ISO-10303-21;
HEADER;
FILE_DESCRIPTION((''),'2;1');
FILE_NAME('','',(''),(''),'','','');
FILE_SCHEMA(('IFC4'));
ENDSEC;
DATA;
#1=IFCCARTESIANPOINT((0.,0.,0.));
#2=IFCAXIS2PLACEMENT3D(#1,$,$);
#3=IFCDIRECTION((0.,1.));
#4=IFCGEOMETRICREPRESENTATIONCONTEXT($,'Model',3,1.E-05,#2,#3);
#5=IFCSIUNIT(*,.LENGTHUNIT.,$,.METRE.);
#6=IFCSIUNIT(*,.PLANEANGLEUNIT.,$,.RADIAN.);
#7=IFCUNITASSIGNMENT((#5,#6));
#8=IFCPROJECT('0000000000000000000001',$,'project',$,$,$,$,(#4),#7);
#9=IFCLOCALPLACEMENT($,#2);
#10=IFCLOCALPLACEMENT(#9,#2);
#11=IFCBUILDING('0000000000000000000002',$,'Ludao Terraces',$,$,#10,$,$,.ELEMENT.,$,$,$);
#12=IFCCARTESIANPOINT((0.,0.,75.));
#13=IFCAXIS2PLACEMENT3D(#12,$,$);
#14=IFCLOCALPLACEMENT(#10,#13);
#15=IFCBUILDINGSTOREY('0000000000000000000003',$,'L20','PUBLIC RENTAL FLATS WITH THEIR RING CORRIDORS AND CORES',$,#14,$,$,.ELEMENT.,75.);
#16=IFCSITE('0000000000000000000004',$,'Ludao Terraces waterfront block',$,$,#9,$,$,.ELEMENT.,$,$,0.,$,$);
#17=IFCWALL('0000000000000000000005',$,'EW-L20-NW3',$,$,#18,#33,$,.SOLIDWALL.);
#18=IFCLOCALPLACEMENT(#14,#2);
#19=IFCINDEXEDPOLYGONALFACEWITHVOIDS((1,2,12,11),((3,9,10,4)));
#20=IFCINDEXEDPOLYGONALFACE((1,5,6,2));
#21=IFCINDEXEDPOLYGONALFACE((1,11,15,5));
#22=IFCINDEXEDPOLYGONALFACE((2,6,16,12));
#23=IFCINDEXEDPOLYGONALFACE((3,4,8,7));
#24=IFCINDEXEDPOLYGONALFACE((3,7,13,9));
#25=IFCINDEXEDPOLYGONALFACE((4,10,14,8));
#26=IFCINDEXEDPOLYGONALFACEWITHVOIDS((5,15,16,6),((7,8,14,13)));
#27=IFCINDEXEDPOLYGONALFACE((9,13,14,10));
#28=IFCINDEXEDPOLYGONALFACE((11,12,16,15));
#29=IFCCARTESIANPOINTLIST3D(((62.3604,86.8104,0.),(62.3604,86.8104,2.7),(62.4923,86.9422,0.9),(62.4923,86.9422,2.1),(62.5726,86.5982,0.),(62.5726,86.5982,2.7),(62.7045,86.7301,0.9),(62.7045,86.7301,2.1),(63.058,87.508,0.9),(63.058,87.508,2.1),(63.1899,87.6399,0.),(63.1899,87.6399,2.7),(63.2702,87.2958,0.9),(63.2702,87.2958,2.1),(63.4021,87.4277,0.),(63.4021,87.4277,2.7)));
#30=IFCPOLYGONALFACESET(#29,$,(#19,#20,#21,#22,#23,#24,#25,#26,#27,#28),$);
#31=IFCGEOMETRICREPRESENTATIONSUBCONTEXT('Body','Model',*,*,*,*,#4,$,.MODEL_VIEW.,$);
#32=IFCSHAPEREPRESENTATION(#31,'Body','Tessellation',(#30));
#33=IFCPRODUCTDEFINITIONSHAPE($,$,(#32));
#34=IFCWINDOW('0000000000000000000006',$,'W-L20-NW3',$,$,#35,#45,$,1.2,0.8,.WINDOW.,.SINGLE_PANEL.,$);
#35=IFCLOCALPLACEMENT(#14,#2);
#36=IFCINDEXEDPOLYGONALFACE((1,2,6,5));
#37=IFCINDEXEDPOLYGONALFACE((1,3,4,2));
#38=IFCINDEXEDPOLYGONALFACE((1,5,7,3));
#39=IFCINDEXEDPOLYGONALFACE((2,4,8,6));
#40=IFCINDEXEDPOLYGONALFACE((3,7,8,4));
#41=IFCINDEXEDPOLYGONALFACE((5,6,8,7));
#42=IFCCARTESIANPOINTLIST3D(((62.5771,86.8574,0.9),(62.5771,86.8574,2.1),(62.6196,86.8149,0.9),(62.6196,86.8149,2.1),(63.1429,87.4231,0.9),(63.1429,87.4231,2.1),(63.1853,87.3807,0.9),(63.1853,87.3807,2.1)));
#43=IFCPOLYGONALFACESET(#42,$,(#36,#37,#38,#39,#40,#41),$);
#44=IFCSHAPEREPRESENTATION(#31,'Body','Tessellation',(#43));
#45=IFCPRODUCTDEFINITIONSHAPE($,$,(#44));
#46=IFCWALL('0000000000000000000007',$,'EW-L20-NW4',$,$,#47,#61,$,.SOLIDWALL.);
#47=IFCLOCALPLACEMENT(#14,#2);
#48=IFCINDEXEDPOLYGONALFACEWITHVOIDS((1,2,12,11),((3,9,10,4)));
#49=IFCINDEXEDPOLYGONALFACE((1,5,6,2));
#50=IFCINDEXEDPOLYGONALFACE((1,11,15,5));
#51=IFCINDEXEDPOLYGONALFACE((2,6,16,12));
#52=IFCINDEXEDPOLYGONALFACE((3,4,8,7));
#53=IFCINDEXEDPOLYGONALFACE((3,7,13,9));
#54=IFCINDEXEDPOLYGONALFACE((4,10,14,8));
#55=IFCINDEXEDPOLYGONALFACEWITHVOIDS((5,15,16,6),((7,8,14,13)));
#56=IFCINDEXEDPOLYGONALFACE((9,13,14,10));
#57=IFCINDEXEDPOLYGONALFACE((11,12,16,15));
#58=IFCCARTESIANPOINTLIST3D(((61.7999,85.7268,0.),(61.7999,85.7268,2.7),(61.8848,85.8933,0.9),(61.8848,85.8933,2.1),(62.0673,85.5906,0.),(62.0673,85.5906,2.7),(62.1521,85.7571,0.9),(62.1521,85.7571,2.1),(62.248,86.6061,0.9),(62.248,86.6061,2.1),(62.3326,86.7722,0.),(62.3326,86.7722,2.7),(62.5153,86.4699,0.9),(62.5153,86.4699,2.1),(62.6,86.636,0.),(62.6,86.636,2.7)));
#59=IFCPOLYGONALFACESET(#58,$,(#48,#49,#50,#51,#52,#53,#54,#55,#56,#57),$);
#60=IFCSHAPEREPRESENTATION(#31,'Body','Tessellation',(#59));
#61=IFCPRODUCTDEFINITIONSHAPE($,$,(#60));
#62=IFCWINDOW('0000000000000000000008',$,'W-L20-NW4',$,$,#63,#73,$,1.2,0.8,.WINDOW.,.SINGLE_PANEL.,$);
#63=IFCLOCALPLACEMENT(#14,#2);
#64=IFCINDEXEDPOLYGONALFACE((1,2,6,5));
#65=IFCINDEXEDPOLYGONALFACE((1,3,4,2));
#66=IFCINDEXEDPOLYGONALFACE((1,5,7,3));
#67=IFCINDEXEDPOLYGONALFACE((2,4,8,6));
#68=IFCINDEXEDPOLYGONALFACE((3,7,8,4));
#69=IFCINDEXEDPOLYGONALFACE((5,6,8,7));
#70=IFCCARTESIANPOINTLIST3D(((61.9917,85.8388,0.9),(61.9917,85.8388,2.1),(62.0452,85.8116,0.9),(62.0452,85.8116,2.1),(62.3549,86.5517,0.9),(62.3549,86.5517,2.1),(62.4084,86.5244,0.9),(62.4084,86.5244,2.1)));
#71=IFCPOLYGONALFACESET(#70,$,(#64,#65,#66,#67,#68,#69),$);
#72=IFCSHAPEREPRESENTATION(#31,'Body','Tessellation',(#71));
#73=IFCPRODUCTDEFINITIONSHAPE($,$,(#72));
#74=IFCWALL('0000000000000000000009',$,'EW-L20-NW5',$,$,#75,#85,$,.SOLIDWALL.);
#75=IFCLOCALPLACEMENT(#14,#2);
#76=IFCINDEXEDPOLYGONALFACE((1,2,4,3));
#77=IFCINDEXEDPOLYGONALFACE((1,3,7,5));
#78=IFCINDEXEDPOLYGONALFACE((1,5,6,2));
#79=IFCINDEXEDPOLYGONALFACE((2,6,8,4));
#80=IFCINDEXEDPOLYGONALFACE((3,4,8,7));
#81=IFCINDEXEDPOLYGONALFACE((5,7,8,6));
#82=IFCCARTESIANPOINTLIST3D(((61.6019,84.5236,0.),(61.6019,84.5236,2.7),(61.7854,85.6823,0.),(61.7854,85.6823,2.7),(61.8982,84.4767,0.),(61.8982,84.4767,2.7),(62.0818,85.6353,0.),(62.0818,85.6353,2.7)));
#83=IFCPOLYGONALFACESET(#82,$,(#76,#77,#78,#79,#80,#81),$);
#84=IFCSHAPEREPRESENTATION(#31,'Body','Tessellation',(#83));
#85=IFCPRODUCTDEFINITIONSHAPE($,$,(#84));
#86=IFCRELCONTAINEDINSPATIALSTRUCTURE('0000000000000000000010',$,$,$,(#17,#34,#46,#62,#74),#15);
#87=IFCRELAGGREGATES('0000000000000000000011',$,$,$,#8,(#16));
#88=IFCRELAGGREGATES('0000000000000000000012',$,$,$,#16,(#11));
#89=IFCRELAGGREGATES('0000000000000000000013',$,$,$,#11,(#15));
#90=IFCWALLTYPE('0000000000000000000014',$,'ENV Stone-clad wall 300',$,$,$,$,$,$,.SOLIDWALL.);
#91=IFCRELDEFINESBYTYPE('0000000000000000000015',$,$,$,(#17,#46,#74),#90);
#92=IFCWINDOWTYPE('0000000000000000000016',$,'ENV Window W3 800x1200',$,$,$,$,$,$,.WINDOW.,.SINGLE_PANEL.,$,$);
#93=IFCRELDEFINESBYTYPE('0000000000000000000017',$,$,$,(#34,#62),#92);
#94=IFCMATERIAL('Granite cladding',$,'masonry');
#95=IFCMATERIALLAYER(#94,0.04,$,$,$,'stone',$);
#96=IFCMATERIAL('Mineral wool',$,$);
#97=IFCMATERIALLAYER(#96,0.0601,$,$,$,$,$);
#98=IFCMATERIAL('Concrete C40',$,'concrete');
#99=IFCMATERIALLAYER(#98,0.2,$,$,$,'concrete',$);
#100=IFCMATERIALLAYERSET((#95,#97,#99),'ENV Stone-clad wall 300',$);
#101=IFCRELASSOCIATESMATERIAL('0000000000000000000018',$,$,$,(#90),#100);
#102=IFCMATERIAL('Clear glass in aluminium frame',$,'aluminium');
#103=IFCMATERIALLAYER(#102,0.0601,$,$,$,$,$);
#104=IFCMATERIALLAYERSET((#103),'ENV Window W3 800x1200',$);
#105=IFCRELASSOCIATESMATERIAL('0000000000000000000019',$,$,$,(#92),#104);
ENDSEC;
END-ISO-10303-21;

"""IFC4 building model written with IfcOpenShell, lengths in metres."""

from ifc_helpers import new_model, si_unit, direction, frame, frame_2d, origin, place, context, subcontext, project, spatial, rectangle, extrude, material, layer, layer_set, type_object, element, fill, save


model = new_model("IFC4")

# Units and contexts
model_context = context("Model", 3, precision=1e-05, world=origin(), true_north=direction((0.0, 1.0)))
body_context = subcontext(model_context, "Body", "Model", "MODEL_VIEW")
ifc_project = project(units=[si_unit("LENGTHUNIT", "METRE"), si_unit("PLANEANGLEUNIT", "RADIAN")], contexts=[model_context])

# Site, building, storey
site_placement = place(None, origin())
site = spatial("IfcSite", under=ifc_project, at=site_placement, Name="Ludao Terraces waterfront block", CompositionType="ELEMENT", RefElevation=0.0)
building_placement = place(site_placement, origin())
building = spatial("IfcBuilding", under=site, at=building_placement, Name="Ludao Terraces", CompositionType="ELEMENT")
storey_placement = place(building_placement, frame((0.0, 0.0, 75.0)))
storey = spatial("IfcBuildingStorey", under=building, at=storey_placement, Name="L20", Description="PUBLIC RENTAL FLATS WITH THEIR RING CORRIDORS AND CORES", CompositionType="ELEMENT", Elevation=75.0)

# Shared definitions
ifc_material_1 = material(Name="Concrete C40", Category="concrete")

# Shared definitions
ifc_material_2 = material(Name="Granite cladding", Category="masonry")
ifc_layer_1 = layer(ifc_material_2, 0.04, Category="stone")
ifc_material_3 = material(Name="Mineral wool")
ifc_layer_2 = layer(ifc_material_3, 0.0601)
ifc_layer_3 = layer(ifc_material_1, 0.2, Category="concrete")
ifc_layer_set_1 = layer_set([ifc_layer_1, ifc_layer_2, ifc_layer_3], Name="ENV Stone-clad wall 300")
wall_type_1 = type_object("IfcWallType", Name="ENV Stone-clad wall 300", PredefinedType="SOLIDWALL", material=ifc_layer_set_1)
ifc_material_4 = material(Name="Clear glass in aluminium frame", Category="aluminium")

# Walls, openings, windows
ifc_layer_4 = layer(ifc_material_4, 0.0601)
ifc_layer_set_2 = layer_set([ifc_layer_4], Name="ENV Window W3 800x1200")
window_type_1 = type_object("IfcWindowType", Name="ENV Window W3 800x1200", PartitioningType="SINGLE_PANEL", PredefinedType="WINDOW", material=ifc_layer_set_2)
wall_1_placement = place(storey_placement, frame((63.2959, 87.5337, 0.0), z_axis=(0.0, 0.0, 1.0), x_axis=(-0.707107, -0.707107, 0.0)))
wall_1 = element("IfcWall", 1, at=wall_1_placement, inside=storey, type_object=wall_type_1, Name="EW-L20-NW3", PredefinedType="SOLIDWALL", context=body_context, shape_type="SweptSolid", body=[
    extrude(rectangle(XDim=1.1731, YDim=0.3, at=frame_2d((0.5864, 0.0))), origin(), (0.0, 0.0, 1.0), 2.7),
])
opening_1_placement = place(wall_1_placement, frame((0.1865, 0.0, 0.8999)))
opening_1 = element("IfcOpeningElement", 2, at=opening_1_placement, cuts=wall_1, PredefinedType="OPENING", context=body_context, shape_type="SweptSolid", body=[
    extrude(rectangle(XDim=0.8, YDim=1.2, at=frame_2d((0.3999, 0.6001))), frame((0.0, 0.1602, 0.0), z_axis=(0.0, -1.0, 0.0), x_axis=(1.0, 0.0, 0.0)), (0.0, 0.0, 1.0), 0.3201),
])
window_1_placement = place(opening_1_placement, origin())
window_1 = element("IfcWindow", 3, at=window_1_placement, inside=storey, type_object=window_type_1, Name="W-L20-NW3", OverallHeight=1.2, OverallWidth=0.8, PartitioningType="SINGLE_PANEL", PredefinedType="WINDOW", context=body_context, shape_type="SweptSolid", body=[
    extrude(rectangle(XDim=0.8, YDim=1.2, at=frame_2d((0.3999, 0.6001))), frame((0.0, 0.03, 0.0), z_axis=(0.0, -1.0, 0.0), x_axis=(1.0, 0.0, 0.0)), (0.0, 0.0, 1.0), 0.0601),
])
fill(opening_1, window_1)
wall_2_placement = place(storey_placement, frame((62.4663, 86.7041, 0.0), z_axis=(0.0, 0.0, 1.0), x_axis=(-0.454026, -0.890989, 0.0)))
wall_2 = element("IfcWall", 4, at=wall_2_placement, inside=storey, type_object=wall_type_1, Name="EW-L20-NW4", PredefinedType="SOLIDWALL", context=body_context, shape_type="SweptSolid", body=[
    extrude(rectangle(XDim=1.1733, YDim=0.3, at=frame_2d((0.5867, 0.0))), origin(), (0.0, 0.0, 1.0), 2.7),
])
opening_2_placement = place(wall_2_placement, frame((0.1865, 0.0, 0.8999)))
opening_2 = element("IfcOpeningElement", 5, at=opening_2_placement, cuts=wall_2, PredefinedType="OPENING", context=body_context, shape_type="SweptSolid", body=[
    extrude(rectangle(XDim=0.8, YDim=1.2, at=frame_2d((0.3999, 0.6001))), frame((0.0, 0.1602, 0.0), z_axis=(0.0, -1.0, 0.0), x_axis=(1.0, 0.0, 0.0)), (0.0, 0.0, 1.0), 0.3201),
])
window_2_placement = place(opening_2_placement, origin())
window_2 = element("IfcWindow", 6, at=window_2_placement, inside=storey, type_object=window_type_1, Name="W-L20-NW4", OverallHeight=1.2, OverallWidth=0.8, PartitioningType="SINGLE_PANEL", PredefinedType="WINDOW", context=body_context, shape_type="SweptSolid", body=[
    extrude(rectangle(XDim=0.8, YDim=1.2, at=frame_2d((0.3999, 0.6001))), frame((0.0, 0.03, 0.0), z_axis=(0.0, -1.0, 0.0), x_axis=(1.0, 0.0, 0.0)), (0.0, 0.0, 1.0), 0.0601),
])
fill(opening_2, window_2)

# Wall
wall_3_placement = place(storey_placement, frame((61.9336, 85.6587, 0.0), z_axis=(0.0, 0.0, 1.0), x_axis=(-0.156497, -0.987678, 0.0)))
element("IfcWall", 7, at=wall_3_placement, inside=storey, type_object=wall_type_1, Name="EW-L20-NW5", PredefinedType="SOLIDWALL", context=body_context, shape_type="SweptSolid", body=[
    extrude(rectangle(XDim=1.1731, YDim=0.3, at=frame_2d((0.5864, 0.0))), origin(), (0.0, 0.0, 1.0), 2.7),
])

save(model, "model.ifc")
